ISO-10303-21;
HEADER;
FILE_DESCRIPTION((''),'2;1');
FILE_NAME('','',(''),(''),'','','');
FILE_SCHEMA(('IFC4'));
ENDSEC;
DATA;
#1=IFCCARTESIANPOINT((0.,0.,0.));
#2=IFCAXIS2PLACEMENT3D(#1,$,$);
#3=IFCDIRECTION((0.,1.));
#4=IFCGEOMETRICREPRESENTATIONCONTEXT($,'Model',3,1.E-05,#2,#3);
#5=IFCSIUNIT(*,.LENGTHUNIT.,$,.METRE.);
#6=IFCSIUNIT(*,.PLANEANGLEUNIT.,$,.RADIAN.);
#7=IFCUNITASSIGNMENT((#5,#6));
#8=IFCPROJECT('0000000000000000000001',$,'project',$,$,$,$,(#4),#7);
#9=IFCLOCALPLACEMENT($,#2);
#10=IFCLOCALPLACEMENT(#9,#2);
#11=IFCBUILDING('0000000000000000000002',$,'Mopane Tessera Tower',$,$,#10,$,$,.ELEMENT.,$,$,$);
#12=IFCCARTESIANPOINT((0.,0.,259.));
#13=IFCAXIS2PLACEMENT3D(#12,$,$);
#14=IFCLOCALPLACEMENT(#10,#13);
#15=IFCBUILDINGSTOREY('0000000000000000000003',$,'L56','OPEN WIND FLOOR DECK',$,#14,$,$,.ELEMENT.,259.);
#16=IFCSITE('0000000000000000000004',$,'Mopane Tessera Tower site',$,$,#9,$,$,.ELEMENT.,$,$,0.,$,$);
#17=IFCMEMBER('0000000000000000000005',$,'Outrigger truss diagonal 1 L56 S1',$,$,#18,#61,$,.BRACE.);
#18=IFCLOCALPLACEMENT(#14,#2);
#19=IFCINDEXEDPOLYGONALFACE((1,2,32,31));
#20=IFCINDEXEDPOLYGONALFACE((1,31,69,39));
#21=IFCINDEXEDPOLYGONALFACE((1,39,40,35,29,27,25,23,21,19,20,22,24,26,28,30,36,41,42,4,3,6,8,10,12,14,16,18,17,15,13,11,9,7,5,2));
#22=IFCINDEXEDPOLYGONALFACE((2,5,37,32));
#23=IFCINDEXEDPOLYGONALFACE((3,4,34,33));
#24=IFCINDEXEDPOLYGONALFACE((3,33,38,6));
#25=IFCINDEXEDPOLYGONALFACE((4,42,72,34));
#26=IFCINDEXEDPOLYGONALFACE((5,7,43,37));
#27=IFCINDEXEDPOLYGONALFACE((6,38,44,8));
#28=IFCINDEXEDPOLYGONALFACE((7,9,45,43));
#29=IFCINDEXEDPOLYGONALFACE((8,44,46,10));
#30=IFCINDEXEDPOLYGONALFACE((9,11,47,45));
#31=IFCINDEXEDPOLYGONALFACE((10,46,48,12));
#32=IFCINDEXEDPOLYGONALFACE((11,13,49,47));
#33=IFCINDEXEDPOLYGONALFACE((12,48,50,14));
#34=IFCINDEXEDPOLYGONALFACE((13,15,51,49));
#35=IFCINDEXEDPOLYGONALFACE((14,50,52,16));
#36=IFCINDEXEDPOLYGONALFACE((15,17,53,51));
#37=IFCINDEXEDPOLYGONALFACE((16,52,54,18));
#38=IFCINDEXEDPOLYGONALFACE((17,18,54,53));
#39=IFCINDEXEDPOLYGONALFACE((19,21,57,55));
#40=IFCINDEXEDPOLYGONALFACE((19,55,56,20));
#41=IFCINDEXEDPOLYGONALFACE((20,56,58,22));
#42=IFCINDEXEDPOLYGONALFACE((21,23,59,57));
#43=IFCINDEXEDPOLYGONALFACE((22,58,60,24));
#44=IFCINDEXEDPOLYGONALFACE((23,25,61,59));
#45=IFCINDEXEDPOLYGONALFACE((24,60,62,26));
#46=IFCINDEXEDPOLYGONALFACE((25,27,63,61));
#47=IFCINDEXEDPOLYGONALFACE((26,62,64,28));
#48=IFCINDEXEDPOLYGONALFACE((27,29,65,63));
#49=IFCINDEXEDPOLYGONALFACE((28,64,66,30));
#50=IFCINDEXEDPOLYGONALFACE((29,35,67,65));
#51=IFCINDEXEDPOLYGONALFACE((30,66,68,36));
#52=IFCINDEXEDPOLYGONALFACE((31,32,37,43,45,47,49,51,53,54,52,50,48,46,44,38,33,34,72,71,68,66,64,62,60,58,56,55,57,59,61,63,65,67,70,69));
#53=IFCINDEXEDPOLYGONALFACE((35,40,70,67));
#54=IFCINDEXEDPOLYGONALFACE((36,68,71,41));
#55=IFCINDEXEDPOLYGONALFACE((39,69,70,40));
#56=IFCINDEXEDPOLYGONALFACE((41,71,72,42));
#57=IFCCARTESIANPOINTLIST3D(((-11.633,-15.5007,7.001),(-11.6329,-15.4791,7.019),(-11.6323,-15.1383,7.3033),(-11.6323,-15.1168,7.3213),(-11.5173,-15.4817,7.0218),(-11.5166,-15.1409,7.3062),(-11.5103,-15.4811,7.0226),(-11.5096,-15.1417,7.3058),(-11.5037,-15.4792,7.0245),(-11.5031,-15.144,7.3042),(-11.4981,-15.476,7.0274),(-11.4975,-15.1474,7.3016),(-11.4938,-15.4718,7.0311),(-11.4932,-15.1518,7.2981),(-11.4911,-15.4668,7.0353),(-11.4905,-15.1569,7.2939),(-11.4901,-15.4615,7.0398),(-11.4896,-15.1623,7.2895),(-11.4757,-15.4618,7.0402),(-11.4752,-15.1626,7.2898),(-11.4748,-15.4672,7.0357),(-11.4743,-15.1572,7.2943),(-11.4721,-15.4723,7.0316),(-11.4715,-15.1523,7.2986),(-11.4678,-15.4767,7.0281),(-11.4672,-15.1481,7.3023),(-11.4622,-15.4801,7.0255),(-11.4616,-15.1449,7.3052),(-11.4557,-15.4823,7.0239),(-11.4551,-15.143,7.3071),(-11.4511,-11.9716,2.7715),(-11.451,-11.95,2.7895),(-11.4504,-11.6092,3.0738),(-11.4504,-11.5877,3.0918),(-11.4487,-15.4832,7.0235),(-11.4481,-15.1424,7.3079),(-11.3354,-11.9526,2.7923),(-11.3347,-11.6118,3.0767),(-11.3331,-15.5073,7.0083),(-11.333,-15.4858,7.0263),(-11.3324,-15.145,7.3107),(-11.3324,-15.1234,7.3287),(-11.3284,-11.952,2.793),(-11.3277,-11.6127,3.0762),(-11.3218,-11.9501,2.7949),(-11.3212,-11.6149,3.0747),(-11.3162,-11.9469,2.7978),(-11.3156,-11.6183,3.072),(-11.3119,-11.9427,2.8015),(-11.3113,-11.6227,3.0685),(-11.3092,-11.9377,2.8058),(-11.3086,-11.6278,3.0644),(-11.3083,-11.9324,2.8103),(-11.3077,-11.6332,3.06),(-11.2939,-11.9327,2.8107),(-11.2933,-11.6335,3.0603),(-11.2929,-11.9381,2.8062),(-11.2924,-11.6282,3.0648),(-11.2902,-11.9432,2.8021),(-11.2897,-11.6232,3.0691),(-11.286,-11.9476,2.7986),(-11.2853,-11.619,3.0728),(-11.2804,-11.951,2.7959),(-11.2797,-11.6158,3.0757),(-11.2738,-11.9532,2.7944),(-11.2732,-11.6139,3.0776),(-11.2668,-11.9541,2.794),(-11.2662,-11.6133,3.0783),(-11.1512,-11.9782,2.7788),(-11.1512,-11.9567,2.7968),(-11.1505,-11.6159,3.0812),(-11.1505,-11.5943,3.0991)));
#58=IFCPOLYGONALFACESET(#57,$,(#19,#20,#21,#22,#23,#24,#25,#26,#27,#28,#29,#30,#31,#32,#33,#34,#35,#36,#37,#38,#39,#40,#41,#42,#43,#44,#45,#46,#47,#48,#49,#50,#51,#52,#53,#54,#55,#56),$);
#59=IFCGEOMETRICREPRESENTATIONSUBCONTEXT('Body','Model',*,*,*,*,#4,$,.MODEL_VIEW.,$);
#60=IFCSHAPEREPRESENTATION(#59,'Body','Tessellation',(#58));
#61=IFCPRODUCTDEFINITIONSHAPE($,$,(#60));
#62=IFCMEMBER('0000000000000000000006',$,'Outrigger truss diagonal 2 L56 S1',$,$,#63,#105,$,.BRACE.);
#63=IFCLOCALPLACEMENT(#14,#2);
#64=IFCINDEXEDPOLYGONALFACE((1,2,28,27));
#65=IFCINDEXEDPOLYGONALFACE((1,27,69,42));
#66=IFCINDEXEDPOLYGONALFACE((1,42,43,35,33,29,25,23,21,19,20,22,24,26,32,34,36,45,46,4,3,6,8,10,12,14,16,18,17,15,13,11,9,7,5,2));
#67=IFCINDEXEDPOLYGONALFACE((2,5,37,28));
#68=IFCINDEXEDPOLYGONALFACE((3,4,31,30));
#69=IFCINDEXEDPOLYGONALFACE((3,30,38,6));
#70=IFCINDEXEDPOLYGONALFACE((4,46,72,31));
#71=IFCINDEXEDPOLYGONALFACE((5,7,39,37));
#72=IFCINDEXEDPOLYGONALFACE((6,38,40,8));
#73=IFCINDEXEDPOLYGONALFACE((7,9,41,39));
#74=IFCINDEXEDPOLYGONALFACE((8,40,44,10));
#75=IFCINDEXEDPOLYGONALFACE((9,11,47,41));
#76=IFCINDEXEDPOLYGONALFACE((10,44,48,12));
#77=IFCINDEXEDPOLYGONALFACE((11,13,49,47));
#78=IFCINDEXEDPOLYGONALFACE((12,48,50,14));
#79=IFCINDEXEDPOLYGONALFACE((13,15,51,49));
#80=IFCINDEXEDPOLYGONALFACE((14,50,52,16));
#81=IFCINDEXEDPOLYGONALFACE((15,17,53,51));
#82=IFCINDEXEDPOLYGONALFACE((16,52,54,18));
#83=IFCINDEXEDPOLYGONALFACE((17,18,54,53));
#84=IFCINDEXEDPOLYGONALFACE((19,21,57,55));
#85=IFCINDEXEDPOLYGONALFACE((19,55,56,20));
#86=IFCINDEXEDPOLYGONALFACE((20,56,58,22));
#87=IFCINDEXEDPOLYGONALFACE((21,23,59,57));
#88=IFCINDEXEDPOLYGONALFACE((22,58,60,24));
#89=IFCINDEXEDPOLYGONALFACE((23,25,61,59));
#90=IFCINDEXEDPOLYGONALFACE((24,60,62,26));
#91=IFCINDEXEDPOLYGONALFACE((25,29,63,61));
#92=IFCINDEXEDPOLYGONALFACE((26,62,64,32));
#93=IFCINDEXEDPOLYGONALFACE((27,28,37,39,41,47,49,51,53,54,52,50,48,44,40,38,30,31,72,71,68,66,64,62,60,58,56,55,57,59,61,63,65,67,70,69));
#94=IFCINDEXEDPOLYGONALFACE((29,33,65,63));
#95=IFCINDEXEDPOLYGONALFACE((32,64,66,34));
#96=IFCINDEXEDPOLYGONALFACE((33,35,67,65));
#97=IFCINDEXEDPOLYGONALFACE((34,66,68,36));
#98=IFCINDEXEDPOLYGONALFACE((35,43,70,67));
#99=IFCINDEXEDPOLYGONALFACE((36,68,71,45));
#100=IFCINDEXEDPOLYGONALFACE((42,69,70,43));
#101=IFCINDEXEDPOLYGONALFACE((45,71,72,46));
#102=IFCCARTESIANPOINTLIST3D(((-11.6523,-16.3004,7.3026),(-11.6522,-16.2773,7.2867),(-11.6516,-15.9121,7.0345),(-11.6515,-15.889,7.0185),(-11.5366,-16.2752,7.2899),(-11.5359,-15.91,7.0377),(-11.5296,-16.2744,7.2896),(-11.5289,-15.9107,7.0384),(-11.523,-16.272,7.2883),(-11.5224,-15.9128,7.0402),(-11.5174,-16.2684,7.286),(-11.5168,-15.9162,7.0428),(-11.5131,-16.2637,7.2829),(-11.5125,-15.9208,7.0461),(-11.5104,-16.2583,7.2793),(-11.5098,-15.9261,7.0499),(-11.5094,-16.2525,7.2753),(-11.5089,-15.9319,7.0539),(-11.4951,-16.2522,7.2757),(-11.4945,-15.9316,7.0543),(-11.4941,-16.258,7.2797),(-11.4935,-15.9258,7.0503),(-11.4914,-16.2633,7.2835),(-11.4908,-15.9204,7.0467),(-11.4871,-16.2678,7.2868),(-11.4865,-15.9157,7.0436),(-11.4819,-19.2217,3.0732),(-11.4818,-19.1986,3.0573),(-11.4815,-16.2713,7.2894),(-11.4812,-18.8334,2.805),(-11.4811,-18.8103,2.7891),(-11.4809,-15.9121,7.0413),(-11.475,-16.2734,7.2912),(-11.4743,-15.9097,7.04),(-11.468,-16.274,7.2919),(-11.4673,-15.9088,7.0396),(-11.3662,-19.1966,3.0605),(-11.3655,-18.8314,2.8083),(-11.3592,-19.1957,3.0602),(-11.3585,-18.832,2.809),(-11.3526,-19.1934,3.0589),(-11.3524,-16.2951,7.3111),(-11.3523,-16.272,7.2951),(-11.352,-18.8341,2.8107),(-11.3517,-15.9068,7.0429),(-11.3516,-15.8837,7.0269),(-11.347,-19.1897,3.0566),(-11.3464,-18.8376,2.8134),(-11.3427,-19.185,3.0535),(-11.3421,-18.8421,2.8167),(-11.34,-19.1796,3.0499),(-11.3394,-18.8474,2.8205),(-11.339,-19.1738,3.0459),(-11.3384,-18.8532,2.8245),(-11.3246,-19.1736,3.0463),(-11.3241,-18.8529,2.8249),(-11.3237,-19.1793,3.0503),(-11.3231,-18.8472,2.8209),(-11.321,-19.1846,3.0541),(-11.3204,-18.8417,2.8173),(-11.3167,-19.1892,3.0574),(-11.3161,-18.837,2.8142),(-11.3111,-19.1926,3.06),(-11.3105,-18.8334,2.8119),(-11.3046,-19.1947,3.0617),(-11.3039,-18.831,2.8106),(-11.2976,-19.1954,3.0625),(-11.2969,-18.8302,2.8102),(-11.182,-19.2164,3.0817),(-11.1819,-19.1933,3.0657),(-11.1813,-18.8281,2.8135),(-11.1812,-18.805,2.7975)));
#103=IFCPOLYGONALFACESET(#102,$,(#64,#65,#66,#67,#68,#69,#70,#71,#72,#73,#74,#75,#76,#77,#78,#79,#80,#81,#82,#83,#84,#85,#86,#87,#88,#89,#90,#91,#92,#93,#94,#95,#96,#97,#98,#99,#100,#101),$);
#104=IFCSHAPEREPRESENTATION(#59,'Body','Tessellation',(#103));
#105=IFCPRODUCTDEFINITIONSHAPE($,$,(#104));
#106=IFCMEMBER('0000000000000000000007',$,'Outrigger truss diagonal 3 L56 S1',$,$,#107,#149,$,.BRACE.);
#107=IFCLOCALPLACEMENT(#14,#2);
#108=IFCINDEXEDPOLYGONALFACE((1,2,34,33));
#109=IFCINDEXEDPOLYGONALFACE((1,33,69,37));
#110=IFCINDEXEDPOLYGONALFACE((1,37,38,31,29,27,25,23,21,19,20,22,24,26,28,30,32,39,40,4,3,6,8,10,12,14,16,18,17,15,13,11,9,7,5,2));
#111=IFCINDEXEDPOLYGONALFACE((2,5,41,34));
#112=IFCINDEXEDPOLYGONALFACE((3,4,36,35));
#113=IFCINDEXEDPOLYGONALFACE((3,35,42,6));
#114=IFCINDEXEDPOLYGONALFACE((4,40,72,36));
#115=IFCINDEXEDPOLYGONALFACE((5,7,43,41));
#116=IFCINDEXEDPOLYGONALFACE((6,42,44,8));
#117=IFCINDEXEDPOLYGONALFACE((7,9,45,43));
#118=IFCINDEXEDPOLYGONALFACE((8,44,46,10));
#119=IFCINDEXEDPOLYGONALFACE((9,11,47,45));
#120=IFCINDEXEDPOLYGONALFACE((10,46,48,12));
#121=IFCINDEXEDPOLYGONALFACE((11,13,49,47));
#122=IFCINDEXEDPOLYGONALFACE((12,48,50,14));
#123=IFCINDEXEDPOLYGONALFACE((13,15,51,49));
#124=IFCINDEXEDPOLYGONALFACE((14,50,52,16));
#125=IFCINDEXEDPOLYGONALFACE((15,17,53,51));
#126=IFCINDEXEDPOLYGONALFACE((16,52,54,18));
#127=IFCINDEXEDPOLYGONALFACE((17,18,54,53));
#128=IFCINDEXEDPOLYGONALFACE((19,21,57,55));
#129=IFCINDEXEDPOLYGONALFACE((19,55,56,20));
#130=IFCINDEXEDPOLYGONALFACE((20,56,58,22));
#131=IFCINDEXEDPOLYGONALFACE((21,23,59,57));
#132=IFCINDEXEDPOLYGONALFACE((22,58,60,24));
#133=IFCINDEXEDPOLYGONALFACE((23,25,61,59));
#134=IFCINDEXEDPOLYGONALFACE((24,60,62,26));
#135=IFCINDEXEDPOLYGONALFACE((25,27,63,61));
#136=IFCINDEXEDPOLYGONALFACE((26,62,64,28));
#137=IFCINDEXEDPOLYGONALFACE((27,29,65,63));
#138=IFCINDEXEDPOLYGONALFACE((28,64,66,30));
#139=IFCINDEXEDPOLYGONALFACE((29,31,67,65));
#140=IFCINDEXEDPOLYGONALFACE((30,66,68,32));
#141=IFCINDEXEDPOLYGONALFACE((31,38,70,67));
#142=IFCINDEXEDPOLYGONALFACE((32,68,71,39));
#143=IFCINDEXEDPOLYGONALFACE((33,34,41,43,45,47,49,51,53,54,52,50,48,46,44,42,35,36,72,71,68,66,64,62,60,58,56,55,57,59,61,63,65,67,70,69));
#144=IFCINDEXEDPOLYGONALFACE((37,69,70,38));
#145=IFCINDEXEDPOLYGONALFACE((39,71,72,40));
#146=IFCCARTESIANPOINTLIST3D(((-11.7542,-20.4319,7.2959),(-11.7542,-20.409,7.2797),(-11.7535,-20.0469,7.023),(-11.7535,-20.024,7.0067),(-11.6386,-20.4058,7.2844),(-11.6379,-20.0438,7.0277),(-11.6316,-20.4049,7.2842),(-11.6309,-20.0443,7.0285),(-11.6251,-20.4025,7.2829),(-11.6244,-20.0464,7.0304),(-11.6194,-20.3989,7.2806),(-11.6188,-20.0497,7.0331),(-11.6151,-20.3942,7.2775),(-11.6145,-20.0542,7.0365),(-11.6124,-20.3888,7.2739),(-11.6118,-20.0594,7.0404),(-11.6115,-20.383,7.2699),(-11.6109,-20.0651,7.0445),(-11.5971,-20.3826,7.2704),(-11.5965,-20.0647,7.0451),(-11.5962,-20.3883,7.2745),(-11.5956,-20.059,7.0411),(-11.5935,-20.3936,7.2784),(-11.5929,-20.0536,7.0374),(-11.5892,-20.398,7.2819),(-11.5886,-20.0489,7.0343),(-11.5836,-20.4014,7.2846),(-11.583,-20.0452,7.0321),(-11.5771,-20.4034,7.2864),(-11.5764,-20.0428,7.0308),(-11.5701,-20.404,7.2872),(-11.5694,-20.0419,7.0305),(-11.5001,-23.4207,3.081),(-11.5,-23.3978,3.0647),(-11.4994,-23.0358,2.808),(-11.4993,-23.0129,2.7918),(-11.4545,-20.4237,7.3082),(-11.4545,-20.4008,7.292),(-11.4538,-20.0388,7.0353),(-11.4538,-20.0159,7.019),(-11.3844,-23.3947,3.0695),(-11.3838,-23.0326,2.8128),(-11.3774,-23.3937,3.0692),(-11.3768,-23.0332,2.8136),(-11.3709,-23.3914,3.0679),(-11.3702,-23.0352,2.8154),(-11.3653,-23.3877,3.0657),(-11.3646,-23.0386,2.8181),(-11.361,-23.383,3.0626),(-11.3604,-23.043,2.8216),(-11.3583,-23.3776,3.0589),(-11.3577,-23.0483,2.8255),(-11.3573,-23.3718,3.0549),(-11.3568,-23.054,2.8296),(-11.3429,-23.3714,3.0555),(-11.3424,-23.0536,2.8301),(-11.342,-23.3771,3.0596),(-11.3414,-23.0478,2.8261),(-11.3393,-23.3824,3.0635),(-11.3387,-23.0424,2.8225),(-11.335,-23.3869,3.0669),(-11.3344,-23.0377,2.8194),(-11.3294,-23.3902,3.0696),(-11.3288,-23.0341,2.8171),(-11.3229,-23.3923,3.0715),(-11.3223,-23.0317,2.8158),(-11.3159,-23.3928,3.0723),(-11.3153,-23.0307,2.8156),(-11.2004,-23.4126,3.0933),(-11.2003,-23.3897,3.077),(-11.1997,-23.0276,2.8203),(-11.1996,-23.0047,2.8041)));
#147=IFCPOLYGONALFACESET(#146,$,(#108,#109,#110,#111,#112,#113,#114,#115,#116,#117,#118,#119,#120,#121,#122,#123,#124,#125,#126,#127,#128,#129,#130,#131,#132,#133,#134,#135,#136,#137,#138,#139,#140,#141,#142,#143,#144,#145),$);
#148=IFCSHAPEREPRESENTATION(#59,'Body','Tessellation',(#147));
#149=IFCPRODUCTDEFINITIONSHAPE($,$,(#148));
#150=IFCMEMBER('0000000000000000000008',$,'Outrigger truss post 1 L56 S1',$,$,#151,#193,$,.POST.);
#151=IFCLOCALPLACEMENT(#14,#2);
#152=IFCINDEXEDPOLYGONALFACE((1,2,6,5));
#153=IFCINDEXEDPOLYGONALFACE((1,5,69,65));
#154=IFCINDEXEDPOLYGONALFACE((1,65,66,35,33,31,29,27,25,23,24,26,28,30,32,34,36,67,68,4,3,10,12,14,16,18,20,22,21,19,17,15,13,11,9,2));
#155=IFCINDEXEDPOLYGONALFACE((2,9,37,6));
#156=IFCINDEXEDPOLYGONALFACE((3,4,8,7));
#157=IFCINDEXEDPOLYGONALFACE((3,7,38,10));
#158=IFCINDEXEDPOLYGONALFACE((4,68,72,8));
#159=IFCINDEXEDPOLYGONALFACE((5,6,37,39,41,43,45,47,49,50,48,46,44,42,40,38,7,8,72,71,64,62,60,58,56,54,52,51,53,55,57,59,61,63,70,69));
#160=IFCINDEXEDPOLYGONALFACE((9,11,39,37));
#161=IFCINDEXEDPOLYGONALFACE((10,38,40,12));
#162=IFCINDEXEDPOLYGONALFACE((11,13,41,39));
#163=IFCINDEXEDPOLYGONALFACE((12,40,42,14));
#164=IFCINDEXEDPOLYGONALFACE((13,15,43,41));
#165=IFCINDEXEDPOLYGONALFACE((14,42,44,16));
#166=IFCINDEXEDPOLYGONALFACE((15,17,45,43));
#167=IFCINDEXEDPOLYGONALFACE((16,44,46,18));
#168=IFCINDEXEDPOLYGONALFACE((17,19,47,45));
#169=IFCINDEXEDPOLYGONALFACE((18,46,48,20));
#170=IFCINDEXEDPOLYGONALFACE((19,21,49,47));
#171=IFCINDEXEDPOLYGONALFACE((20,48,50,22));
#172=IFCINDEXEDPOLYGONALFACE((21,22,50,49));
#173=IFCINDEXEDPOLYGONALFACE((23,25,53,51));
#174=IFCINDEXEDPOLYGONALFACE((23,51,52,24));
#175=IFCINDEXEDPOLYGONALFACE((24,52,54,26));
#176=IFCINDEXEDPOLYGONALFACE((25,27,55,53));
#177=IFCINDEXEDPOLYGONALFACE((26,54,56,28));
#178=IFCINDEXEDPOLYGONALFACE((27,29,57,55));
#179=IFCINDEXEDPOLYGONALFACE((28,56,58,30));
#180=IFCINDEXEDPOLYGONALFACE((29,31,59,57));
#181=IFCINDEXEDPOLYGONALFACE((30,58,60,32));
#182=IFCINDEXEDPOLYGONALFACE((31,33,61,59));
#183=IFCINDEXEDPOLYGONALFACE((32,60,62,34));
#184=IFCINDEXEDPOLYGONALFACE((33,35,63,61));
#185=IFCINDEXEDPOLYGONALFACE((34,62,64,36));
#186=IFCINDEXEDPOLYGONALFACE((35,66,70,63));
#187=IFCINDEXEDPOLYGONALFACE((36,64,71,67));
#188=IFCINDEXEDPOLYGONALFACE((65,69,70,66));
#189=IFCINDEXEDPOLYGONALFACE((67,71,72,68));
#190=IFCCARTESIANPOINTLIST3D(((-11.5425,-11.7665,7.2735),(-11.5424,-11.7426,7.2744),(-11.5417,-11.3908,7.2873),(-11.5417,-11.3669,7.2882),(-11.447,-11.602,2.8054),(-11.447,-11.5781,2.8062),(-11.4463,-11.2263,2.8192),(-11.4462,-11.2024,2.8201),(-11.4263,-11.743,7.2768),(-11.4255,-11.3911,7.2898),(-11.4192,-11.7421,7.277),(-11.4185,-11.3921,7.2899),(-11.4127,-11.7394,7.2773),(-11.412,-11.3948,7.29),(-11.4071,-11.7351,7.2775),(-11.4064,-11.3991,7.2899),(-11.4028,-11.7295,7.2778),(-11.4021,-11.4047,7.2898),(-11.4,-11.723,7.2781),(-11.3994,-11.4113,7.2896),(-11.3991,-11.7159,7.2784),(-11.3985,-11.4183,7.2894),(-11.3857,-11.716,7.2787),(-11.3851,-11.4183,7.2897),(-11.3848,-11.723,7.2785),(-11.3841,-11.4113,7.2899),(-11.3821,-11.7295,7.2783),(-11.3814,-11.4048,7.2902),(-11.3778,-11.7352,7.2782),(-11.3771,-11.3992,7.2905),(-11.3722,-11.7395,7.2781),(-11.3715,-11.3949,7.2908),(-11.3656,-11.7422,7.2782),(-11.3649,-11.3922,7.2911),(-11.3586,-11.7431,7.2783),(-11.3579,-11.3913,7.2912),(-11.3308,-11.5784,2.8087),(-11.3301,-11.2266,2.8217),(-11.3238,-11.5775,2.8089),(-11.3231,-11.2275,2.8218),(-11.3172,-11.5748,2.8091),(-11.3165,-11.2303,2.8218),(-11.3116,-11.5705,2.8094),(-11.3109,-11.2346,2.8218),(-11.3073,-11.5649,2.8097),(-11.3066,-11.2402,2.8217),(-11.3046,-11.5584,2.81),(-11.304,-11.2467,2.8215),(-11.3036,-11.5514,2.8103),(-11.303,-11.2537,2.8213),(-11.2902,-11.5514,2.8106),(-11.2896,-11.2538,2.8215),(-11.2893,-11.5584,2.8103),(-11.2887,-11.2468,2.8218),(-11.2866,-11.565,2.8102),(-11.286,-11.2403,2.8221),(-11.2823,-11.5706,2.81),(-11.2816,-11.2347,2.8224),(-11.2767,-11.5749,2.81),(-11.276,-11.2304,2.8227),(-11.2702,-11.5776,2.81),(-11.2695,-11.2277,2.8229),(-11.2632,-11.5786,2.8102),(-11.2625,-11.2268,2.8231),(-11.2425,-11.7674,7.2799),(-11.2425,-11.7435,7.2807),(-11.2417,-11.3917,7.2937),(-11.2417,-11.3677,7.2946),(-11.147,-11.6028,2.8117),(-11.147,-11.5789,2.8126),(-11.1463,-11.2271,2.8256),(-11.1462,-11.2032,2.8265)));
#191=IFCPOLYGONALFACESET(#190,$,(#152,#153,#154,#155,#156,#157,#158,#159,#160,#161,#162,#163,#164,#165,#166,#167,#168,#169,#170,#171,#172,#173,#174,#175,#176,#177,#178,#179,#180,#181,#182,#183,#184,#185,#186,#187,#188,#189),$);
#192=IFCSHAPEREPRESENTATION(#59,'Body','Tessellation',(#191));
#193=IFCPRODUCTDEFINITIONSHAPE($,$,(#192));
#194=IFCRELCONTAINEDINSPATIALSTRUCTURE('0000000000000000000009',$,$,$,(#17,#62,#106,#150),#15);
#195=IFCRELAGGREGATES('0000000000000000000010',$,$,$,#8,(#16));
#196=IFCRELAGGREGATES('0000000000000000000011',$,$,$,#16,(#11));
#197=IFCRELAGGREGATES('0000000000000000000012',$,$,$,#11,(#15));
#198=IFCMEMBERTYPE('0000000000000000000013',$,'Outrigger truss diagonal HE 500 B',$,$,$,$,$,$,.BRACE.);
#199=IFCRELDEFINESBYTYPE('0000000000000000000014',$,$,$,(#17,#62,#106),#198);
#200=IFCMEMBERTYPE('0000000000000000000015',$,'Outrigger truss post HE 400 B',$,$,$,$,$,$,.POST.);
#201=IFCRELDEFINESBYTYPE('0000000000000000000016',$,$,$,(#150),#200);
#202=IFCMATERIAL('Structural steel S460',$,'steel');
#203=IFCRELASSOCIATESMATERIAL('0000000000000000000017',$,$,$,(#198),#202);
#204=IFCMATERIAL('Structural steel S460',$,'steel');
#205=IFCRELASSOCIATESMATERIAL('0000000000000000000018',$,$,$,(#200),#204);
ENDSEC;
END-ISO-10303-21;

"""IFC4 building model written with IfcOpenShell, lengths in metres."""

from ifc_helpers import new_model, si_unit, direction, frame, origin, origin_2d, place, context, subcontext, project, spatial, i_section, extrude, material, material_profile, profile_set, type_object, element, save


model = new_model("IFC4")

# Units and contexts
model_context = context("Model", 3, precision=1e-05, world=origin(), true_north=direction((0.0, 1.0)))
body_context = subcontext(model_context, "Body", "Model", "MODEL_VIEW")
ifc_project = project(units=[si_unit("LENGTHUNIT", "METRE"), si_unit("PLANEANGLEUNIT", "RADIAN")], contexts=[model_context])

# Site, building, storey
site_placement = place(None, origin())
site = spatial("IfcSite", under=ifc_project, at=site_placement, Name="Mopane Tessera Tower site", CompositionType="ELEMENT", RefElevation=0.0)
building_placement = place(site_placement, origin())
building = spatial("IfcBuilding", under=site, at=building_placement, Name="Mopane Tessera Tower", CompositionType="ELEMENT")
storey_placement = place(building_placement, frame((0.0, 0.0, 259.0)))
storey = spatial("IfcBuildingStorey", under=building, at=storey_placement, Name="L56", Description="OPEN WIND FLOOR DECK", CompositionType="ELEMENT", Elevation=259.0)

# Members
ifc_material_1 = material(Name="Structural steel S460", Category="steel")
ifc_material_profile_1 = material_profile(ifc_material_1, i_section(OverallWidth=0.3, OverallDepth=0.5, WebThickness=0.0144, FlangeThickness=0.0281, FilletRadius=0.0271, at=origin_2d()))
ifc_profile_set_1 = profile_set([ifc_material_profile_1], Name="Structural steel S460")
member_type_1 = type_object("IfcMemberType", Name="Outrigger truss diagonal HE 500 B", PredefinedType="BRACE", material=ifc_profile_set_1)
member_1_placement = place(storey_placement, frame((-11.3008, -11.783, 2.9353), z_axis=(-0.033001, -0.640315, 0.767403), x_axis=(0.999454, -0.022232, 0.02443)))
element("IfcMember", 1, at=member_1_placement, inside=storey, type_object=member_type_1, Name="Outrigger truss diagonal 1 L56 S1", PredefinedType="BRACE", context=body_context, shape_type="SweptSolid", body=[
    extrude(i_section(OverallWidth=0.3, OverallDepth=0.5, WebThickness=0.0144, FlangeThickness=0.0281, FilletRadius=0.0271, at=origin_2d()), origin(), (0.0, 0.0, 1.0), 5.5115),
])
member_2_placement = place(storey_placement, frame((-11.502, -16.092, 7.1648), z_axis=(0.033133, -0.568013, -0.822352), x_axis=(0.99945, 0.01758, 0.028126)))
element("IfcMember", 2, at=member_2_placement, inside=storey, type_object=member_type_1, Name="Outrigger truss diagonal 2 L56 S1", PredefinedType="BRACE", context=body_context, shape_type="SweptSolid", body=[
    extrude(i_section(OverallWidth=0.3, OverallDepth=0.5, WebThickness=0.0144, FlangeThickness=0.0281, FilletRadius=0.0271, at=origin_2d()), origin(), (0.0, 0.0, 1.0), 5.1431),
])
member_3_placement = place(storey_placement, frame((-11.604, -20.2239, 7.1575), z_axis=(0.049128, -0.577738, -0.814742), x_axis=(0.998791, 0.027198, 0.04094)))
element("IfcMember", 3, at=member_3_placement, inside=storey, type_object=member_type_1, Name="Outrigger truss diagonal 3 L56 S1", PredefinedType="BRACE", context=body_context, shape_type="SweptSolid", body=[
    extrude(i_section(OverallWidth=0.3, OverallDepth=0.5, WebThickness=0.0144, FlangeThickness=0.0281, FilletRadius=0.0271, at=origin_2d()), origin(), (0.0, 0.0, 1.0), 5.1733),
])
ifc_material_2 = material(Name="Structural steel S460", Category="steel")
ifc_material_profile_2 = material_profile(ifc_material_2, i_section(OverallWidth=0.3, OverallDepth=0.3999, WebThickness=0.0134, FlangeThickness=0.0239, FilletRadius=0.0271, at=origin_2d()))
ifc_profile_set_2 = profile_set([ifc_material_profile_2], Name="Structural steel S460")
member_type_2 = type_object("IfcMemberType", Name="Outrigger truss post HE 400 B", PredefinedType="POST", material=ifc_profile_set_2)
member_4_placement = place(storey_placement, frame((-11.2966, -11.4026, 2.8159), z_axis=(-0.021346, -0.036795, 0.999095), x_axis=(0.99977, -0.002787, 0.021257)))
element("IfcMember", 4, at=member_4_placement, inside=storey, type_object=member_type_2, Name="Outrigger truss post 1 L56 S1", PredefinedType="POST", context=body_context, shape_type="SweptSolid", body=[
    extrude(i_section(OverallWidth=0.3, OverallDepth=0.3999, WebThickness=0.0134, FlangeThickness=0.0239, FilletRadius=0.0271, at=origin_2d()), origin(), (0.0, 0.0, 1.0), 4.4722),
])

save(model, "model.ifc")
